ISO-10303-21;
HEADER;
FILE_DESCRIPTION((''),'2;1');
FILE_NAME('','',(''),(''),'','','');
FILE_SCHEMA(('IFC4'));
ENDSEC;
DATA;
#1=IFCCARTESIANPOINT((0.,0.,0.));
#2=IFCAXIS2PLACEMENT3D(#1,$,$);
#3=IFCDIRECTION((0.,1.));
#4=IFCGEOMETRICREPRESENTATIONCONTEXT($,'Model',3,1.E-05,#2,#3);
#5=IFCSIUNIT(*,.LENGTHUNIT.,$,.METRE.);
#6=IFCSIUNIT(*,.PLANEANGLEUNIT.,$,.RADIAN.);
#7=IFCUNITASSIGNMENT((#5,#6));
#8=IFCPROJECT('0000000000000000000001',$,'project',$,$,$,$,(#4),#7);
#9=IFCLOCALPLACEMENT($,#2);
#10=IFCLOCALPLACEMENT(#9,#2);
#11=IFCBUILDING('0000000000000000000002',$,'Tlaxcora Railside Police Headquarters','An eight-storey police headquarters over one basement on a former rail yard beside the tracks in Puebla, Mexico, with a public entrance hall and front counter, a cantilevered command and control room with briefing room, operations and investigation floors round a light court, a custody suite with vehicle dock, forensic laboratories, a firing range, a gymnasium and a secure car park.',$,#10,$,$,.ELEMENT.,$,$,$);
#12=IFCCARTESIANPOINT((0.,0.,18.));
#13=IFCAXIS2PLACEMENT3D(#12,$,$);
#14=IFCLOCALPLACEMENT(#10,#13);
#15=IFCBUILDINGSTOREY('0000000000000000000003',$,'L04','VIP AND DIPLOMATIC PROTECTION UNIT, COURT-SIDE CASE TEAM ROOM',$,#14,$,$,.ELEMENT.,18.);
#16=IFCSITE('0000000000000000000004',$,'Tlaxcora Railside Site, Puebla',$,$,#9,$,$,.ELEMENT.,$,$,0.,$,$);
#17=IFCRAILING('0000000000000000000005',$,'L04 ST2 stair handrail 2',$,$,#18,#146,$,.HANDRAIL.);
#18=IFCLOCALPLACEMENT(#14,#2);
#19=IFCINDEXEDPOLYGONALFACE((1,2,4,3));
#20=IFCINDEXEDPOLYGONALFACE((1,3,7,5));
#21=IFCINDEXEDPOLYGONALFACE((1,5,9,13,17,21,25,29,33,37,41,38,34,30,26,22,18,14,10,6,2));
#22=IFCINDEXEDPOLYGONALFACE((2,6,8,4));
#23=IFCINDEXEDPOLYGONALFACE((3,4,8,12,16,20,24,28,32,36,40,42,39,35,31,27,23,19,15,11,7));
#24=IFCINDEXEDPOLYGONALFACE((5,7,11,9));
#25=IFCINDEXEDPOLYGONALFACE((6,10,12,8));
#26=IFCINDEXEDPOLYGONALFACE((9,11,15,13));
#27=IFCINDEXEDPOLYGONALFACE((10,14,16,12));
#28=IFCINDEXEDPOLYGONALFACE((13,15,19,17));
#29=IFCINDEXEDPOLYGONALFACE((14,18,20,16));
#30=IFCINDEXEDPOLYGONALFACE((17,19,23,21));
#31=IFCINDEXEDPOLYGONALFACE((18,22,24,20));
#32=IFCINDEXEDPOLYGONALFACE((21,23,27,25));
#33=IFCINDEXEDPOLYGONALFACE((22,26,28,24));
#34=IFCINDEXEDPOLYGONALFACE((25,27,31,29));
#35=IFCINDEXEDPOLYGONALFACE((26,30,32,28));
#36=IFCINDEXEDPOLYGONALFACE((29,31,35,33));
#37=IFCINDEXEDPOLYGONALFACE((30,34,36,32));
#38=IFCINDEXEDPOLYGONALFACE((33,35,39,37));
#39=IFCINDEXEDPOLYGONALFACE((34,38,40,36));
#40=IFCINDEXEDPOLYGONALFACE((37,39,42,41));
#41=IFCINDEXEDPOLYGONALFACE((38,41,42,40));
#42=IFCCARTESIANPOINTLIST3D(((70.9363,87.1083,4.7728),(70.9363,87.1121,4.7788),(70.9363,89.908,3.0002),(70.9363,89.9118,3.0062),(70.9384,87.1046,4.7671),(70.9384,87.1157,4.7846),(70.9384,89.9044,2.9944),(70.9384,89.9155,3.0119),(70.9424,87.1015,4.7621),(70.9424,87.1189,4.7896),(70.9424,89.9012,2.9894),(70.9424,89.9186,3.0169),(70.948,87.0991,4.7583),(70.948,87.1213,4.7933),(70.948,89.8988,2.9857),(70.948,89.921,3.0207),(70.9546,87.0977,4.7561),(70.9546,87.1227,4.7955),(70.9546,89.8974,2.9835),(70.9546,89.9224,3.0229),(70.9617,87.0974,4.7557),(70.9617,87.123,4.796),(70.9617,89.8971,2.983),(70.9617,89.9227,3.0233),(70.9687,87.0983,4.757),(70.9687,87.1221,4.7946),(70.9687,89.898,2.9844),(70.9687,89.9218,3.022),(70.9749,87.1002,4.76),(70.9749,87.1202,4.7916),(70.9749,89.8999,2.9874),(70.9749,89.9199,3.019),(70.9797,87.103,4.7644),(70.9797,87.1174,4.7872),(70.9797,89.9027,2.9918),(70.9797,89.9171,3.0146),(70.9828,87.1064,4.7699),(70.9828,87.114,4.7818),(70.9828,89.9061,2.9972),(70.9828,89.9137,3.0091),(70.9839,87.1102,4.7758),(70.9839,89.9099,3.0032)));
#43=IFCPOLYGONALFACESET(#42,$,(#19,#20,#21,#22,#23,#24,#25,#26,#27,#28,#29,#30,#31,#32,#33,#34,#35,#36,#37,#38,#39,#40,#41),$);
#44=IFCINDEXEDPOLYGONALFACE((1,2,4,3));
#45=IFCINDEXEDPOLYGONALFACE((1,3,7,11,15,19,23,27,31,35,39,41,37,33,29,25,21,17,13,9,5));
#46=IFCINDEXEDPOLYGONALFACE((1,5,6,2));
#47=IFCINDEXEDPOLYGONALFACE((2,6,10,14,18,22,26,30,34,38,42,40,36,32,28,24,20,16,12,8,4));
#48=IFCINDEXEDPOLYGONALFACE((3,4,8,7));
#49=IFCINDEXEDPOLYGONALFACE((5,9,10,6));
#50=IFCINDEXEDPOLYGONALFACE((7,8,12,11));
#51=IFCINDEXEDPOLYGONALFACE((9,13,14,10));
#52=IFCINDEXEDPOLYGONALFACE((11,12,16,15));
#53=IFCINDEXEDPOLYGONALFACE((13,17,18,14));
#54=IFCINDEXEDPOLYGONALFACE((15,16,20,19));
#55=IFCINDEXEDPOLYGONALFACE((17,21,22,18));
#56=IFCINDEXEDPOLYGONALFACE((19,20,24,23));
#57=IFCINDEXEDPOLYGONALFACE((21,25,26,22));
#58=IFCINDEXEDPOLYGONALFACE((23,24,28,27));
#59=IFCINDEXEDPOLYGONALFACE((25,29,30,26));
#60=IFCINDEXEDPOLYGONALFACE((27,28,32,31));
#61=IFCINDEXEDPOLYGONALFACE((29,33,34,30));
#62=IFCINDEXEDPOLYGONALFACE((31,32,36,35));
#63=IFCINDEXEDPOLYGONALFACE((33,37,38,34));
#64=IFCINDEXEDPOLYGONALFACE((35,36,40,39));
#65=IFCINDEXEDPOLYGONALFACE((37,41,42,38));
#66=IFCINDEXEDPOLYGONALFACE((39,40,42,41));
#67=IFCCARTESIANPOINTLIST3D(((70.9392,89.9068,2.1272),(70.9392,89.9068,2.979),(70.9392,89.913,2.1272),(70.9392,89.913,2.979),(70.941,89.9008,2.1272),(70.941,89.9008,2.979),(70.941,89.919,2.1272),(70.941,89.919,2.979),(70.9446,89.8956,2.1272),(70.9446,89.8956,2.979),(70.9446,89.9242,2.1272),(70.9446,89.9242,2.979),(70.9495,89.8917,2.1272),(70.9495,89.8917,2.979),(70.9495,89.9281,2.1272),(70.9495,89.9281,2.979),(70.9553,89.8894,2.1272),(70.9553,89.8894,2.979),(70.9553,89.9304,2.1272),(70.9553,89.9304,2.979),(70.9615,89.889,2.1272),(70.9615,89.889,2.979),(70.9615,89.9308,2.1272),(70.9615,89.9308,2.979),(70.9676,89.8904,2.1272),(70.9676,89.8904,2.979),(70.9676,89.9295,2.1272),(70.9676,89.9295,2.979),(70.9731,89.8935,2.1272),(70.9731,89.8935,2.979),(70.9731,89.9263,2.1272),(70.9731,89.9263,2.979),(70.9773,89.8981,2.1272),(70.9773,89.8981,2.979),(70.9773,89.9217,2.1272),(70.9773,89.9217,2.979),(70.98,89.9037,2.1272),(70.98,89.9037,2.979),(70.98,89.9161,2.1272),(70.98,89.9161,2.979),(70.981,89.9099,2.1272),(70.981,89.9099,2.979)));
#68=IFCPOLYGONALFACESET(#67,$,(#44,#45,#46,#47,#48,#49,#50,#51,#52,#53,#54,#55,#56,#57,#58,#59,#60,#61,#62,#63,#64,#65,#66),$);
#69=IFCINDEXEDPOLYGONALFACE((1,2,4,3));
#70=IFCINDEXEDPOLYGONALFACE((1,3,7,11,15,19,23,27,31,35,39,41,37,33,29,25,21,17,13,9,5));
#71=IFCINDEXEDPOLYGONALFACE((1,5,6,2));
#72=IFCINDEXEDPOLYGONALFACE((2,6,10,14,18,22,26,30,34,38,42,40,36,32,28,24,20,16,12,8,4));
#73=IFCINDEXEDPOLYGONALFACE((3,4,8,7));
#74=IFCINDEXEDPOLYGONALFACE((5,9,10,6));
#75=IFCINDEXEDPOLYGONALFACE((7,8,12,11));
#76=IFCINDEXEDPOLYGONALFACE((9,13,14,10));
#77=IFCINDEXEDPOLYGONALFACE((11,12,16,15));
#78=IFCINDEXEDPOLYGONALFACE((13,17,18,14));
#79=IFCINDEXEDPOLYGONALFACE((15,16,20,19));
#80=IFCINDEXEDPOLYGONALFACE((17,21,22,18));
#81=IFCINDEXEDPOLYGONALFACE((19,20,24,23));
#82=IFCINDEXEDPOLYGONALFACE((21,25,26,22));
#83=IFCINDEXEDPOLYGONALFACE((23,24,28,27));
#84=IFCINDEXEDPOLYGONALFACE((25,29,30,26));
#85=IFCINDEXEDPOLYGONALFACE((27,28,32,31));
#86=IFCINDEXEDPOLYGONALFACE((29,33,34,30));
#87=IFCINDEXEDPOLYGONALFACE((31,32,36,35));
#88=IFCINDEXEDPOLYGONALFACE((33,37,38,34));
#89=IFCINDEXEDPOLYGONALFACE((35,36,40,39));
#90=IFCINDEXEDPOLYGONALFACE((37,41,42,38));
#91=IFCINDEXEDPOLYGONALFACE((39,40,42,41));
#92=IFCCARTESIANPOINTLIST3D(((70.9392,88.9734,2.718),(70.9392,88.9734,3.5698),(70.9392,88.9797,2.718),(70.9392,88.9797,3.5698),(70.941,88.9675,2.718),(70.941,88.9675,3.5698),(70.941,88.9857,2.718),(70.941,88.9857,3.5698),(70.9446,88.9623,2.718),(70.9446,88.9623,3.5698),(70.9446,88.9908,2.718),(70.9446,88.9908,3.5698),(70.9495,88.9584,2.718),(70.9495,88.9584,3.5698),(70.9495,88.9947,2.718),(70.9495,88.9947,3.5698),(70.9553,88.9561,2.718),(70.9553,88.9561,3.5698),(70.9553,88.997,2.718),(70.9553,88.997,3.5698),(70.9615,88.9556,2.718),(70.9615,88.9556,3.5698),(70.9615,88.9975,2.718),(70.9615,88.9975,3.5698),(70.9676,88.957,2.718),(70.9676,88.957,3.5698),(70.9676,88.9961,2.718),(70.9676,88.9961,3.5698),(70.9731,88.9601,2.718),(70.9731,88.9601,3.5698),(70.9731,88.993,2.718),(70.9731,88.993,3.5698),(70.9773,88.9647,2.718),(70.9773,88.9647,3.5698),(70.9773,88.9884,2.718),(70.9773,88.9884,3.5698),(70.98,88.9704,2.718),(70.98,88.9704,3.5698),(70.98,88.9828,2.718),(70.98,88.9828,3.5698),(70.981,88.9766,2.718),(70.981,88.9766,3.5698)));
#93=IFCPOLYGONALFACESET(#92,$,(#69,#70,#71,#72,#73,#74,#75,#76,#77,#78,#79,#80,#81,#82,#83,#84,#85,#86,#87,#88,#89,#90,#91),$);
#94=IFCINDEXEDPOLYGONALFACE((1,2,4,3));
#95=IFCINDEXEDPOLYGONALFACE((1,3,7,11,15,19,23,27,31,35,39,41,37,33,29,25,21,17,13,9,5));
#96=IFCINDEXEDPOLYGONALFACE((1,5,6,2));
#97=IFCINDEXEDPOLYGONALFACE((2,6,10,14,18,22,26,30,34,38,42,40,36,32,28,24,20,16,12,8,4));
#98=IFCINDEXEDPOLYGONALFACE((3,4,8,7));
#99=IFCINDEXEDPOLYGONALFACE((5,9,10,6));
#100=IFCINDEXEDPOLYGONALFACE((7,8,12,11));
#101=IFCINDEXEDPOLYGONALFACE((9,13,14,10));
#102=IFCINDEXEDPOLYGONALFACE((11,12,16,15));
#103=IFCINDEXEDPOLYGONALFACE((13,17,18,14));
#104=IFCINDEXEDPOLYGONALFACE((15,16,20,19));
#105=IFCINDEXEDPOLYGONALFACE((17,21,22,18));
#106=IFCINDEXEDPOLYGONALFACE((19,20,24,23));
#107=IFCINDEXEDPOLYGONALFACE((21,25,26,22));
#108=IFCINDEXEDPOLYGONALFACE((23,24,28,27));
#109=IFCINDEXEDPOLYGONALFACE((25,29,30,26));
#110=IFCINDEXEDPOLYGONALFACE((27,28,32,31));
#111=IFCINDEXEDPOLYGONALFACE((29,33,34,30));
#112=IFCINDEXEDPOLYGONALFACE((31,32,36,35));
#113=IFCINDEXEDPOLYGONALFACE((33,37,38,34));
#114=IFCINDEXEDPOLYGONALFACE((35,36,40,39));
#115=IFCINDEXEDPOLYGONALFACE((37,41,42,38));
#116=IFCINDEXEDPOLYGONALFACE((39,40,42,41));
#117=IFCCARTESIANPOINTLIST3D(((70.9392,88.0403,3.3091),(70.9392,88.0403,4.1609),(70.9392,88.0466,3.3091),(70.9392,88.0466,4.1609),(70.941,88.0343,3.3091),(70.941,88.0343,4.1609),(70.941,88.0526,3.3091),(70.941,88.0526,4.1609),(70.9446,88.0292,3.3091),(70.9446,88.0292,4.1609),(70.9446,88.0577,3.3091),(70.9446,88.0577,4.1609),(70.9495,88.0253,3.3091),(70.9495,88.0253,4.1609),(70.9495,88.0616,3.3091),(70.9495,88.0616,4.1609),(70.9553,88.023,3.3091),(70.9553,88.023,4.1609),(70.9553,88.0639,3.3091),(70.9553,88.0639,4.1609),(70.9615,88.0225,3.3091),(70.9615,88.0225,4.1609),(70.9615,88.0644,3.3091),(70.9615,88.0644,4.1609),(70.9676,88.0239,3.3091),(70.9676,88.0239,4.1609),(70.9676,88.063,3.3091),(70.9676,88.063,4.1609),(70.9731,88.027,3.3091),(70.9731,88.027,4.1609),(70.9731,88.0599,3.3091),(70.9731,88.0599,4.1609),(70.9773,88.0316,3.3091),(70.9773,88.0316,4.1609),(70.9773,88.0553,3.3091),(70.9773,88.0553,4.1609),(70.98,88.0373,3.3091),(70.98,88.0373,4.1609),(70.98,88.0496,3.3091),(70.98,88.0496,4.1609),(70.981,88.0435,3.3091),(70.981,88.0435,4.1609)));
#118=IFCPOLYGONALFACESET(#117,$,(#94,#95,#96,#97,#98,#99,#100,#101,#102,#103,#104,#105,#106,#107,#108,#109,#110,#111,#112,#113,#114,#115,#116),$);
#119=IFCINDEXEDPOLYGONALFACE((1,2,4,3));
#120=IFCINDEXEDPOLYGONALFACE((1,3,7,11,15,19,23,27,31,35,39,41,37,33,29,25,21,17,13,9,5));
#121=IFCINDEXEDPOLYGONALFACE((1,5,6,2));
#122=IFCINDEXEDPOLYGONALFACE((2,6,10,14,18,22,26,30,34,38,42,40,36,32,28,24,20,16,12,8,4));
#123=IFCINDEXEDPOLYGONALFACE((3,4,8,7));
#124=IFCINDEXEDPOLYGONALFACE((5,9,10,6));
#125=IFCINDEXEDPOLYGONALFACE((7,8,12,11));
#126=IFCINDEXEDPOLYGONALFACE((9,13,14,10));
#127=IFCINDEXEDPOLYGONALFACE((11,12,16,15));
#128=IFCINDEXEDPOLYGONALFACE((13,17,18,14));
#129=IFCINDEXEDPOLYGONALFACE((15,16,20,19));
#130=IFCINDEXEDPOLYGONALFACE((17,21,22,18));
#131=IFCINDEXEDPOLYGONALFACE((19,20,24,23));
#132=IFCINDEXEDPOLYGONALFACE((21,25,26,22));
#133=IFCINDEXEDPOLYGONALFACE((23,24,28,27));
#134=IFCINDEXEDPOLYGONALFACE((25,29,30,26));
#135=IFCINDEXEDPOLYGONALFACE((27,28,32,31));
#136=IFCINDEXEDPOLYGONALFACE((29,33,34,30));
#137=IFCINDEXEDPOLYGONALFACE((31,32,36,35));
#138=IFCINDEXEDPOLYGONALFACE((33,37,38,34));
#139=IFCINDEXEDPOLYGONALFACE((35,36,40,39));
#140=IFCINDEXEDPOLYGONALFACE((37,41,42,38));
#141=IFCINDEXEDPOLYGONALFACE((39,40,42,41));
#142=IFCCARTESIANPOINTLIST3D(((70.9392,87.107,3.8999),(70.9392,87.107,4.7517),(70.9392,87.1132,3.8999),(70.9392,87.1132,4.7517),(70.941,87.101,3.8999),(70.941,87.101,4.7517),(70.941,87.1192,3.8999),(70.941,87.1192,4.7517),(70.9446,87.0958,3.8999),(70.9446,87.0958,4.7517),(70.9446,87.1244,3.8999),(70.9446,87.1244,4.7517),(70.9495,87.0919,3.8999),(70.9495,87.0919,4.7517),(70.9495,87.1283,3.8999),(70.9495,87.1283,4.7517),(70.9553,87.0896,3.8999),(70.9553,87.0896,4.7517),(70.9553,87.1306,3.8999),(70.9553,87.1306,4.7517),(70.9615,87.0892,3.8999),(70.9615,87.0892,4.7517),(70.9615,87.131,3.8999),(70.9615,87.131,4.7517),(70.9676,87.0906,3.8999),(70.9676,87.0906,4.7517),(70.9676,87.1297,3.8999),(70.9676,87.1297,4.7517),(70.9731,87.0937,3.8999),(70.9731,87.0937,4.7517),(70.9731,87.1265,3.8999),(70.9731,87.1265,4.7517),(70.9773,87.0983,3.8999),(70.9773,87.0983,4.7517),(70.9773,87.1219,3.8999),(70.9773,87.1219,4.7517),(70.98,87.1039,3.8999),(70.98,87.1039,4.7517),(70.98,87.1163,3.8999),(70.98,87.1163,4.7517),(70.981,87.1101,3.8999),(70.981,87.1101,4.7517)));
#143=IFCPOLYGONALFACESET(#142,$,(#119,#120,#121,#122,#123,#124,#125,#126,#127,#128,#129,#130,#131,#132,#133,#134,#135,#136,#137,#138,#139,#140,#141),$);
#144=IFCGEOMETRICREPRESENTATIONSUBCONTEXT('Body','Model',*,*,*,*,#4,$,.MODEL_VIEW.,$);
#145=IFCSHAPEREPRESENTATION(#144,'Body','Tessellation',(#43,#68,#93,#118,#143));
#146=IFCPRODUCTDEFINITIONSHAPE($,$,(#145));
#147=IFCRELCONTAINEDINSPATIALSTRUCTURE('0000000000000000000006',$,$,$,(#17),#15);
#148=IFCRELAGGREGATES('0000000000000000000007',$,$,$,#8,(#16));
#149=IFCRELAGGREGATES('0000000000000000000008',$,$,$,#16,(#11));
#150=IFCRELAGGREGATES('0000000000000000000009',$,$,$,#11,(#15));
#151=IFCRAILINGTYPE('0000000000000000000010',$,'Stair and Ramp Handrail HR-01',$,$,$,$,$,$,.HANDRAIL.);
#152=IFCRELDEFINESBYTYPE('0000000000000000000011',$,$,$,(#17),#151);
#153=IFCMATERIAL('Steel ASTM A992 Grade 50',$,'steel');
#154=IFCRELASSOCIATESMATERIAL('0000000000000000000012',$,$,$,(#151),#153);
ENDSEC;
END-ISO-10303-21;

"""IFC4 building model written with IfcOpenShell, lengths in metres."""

from ifc_helpers import new_model, si_unit, direction, frame, origin, origin_2d, place, context, subcontext, project, spatial, circle, extrude, material, type_object, element, save


model = new_model("IFC4")

# Units and contexts
model_context = context("Model", 3, precision=1e-05, world=origin(), true_north=direction((0.0, 1.0)))
body_context = subcontext(model_context, "Body", "Model", "MODEL_VIEW")
ifc_project = project(units=[si_unit("LENGTHUNIT", "METRE"), si_unit("PLANEANGLEUNIT", "RADIAN")], contexts=[model_context])

# Site, building, storey
site_placement = place(None, origin())
site = spatial("IfcSite", under=ifc_project, at=site_placement, Name="Tlaxcora Railside Site, Puebla", CompositionType="ELEMENT", RefElevation=0.0)
building_placement = place(site_placement, origin())
building = spatial("IfcBuilding", under=site, at=building_placement, Name="Tlaxcora Railside Police Headquarters", Description="An eight-storey police headquarters over one basement on a former rail yard beside the tracks in Puebla, Mexico, with a public entrance hall and front counter, a cantilevered command and control room with briefing room, operations and investigation floors round a light court, a custody suite with vehicle dock, forensic laboratories, a firing range, a gymnasium and a secure car park.", CompositionType="ELEMENT")
storey_placement = place(building_placement, frame((0.0, 0.0, 18.0)))
storey = spatial("IfcBuildingStorey", under=building, at=storey_placement, Name="L04", Description="VIP AND DIPLOMATIC PROTECTION UNIT, COURT-SIDE CASE TEAM ROOM", CompositionType="ELEMENT", Elevation=18.0)

# Shared definitions
ifc_material_1 = material(Name="Steel ASTM A992 Grade 50", Category="steel")

# Railing
railing_type_1 = type_object("IfcRailingType", Name="Stair and Ramp Handrail HR-01", PredefinedType="HANDRAIL", material=ifc_material_1)
railing_1_placement = place(storey_placement, frame((70.96, 89.9099, 2.1272)))
element("IfcRailing", 1, at=railing_1_placement, inside=storey, type_object=railing_type_1, Name="L04 ST2 stair handrail 2", PredefinedType="HANDRAIL", context=body_context, shape_type="SweptSolid", body=[
    extrude(circle(Radius=0.0239, at=origin_2d()), frame((0.0, 0.0, 0.876), z_axis=(0.0, -0.844888, 0.534943), x_axis=(1.0, 0.0, 0.0)), (0.0, 0.0, 1.0), 3.3137),
    extrude(circle(Radius=0.021, at=origin_2d()), origin(), (0.0, 0.0, 1.0), 0.8518),
    extrude(circle(Radius=0.021, at=origin_2d()), frame((0.0, -0.9333, 0.5908)), (0.0, 0.0, 1.0), 0.8518),
    extrude(circle(Radius=0.021, at=origin_2d()), frame((0.0, -1.8665, 1.1819)), (0.0, 0.0, 1.0), 0.8518),
    extrude(circle(Radius=0.021, at=origin_2d()), frame((0.0, -2.7998, 1.7727)), (0.0, 0.0, 1.0), 0.8518),
])

save(model, "model.ifc")
